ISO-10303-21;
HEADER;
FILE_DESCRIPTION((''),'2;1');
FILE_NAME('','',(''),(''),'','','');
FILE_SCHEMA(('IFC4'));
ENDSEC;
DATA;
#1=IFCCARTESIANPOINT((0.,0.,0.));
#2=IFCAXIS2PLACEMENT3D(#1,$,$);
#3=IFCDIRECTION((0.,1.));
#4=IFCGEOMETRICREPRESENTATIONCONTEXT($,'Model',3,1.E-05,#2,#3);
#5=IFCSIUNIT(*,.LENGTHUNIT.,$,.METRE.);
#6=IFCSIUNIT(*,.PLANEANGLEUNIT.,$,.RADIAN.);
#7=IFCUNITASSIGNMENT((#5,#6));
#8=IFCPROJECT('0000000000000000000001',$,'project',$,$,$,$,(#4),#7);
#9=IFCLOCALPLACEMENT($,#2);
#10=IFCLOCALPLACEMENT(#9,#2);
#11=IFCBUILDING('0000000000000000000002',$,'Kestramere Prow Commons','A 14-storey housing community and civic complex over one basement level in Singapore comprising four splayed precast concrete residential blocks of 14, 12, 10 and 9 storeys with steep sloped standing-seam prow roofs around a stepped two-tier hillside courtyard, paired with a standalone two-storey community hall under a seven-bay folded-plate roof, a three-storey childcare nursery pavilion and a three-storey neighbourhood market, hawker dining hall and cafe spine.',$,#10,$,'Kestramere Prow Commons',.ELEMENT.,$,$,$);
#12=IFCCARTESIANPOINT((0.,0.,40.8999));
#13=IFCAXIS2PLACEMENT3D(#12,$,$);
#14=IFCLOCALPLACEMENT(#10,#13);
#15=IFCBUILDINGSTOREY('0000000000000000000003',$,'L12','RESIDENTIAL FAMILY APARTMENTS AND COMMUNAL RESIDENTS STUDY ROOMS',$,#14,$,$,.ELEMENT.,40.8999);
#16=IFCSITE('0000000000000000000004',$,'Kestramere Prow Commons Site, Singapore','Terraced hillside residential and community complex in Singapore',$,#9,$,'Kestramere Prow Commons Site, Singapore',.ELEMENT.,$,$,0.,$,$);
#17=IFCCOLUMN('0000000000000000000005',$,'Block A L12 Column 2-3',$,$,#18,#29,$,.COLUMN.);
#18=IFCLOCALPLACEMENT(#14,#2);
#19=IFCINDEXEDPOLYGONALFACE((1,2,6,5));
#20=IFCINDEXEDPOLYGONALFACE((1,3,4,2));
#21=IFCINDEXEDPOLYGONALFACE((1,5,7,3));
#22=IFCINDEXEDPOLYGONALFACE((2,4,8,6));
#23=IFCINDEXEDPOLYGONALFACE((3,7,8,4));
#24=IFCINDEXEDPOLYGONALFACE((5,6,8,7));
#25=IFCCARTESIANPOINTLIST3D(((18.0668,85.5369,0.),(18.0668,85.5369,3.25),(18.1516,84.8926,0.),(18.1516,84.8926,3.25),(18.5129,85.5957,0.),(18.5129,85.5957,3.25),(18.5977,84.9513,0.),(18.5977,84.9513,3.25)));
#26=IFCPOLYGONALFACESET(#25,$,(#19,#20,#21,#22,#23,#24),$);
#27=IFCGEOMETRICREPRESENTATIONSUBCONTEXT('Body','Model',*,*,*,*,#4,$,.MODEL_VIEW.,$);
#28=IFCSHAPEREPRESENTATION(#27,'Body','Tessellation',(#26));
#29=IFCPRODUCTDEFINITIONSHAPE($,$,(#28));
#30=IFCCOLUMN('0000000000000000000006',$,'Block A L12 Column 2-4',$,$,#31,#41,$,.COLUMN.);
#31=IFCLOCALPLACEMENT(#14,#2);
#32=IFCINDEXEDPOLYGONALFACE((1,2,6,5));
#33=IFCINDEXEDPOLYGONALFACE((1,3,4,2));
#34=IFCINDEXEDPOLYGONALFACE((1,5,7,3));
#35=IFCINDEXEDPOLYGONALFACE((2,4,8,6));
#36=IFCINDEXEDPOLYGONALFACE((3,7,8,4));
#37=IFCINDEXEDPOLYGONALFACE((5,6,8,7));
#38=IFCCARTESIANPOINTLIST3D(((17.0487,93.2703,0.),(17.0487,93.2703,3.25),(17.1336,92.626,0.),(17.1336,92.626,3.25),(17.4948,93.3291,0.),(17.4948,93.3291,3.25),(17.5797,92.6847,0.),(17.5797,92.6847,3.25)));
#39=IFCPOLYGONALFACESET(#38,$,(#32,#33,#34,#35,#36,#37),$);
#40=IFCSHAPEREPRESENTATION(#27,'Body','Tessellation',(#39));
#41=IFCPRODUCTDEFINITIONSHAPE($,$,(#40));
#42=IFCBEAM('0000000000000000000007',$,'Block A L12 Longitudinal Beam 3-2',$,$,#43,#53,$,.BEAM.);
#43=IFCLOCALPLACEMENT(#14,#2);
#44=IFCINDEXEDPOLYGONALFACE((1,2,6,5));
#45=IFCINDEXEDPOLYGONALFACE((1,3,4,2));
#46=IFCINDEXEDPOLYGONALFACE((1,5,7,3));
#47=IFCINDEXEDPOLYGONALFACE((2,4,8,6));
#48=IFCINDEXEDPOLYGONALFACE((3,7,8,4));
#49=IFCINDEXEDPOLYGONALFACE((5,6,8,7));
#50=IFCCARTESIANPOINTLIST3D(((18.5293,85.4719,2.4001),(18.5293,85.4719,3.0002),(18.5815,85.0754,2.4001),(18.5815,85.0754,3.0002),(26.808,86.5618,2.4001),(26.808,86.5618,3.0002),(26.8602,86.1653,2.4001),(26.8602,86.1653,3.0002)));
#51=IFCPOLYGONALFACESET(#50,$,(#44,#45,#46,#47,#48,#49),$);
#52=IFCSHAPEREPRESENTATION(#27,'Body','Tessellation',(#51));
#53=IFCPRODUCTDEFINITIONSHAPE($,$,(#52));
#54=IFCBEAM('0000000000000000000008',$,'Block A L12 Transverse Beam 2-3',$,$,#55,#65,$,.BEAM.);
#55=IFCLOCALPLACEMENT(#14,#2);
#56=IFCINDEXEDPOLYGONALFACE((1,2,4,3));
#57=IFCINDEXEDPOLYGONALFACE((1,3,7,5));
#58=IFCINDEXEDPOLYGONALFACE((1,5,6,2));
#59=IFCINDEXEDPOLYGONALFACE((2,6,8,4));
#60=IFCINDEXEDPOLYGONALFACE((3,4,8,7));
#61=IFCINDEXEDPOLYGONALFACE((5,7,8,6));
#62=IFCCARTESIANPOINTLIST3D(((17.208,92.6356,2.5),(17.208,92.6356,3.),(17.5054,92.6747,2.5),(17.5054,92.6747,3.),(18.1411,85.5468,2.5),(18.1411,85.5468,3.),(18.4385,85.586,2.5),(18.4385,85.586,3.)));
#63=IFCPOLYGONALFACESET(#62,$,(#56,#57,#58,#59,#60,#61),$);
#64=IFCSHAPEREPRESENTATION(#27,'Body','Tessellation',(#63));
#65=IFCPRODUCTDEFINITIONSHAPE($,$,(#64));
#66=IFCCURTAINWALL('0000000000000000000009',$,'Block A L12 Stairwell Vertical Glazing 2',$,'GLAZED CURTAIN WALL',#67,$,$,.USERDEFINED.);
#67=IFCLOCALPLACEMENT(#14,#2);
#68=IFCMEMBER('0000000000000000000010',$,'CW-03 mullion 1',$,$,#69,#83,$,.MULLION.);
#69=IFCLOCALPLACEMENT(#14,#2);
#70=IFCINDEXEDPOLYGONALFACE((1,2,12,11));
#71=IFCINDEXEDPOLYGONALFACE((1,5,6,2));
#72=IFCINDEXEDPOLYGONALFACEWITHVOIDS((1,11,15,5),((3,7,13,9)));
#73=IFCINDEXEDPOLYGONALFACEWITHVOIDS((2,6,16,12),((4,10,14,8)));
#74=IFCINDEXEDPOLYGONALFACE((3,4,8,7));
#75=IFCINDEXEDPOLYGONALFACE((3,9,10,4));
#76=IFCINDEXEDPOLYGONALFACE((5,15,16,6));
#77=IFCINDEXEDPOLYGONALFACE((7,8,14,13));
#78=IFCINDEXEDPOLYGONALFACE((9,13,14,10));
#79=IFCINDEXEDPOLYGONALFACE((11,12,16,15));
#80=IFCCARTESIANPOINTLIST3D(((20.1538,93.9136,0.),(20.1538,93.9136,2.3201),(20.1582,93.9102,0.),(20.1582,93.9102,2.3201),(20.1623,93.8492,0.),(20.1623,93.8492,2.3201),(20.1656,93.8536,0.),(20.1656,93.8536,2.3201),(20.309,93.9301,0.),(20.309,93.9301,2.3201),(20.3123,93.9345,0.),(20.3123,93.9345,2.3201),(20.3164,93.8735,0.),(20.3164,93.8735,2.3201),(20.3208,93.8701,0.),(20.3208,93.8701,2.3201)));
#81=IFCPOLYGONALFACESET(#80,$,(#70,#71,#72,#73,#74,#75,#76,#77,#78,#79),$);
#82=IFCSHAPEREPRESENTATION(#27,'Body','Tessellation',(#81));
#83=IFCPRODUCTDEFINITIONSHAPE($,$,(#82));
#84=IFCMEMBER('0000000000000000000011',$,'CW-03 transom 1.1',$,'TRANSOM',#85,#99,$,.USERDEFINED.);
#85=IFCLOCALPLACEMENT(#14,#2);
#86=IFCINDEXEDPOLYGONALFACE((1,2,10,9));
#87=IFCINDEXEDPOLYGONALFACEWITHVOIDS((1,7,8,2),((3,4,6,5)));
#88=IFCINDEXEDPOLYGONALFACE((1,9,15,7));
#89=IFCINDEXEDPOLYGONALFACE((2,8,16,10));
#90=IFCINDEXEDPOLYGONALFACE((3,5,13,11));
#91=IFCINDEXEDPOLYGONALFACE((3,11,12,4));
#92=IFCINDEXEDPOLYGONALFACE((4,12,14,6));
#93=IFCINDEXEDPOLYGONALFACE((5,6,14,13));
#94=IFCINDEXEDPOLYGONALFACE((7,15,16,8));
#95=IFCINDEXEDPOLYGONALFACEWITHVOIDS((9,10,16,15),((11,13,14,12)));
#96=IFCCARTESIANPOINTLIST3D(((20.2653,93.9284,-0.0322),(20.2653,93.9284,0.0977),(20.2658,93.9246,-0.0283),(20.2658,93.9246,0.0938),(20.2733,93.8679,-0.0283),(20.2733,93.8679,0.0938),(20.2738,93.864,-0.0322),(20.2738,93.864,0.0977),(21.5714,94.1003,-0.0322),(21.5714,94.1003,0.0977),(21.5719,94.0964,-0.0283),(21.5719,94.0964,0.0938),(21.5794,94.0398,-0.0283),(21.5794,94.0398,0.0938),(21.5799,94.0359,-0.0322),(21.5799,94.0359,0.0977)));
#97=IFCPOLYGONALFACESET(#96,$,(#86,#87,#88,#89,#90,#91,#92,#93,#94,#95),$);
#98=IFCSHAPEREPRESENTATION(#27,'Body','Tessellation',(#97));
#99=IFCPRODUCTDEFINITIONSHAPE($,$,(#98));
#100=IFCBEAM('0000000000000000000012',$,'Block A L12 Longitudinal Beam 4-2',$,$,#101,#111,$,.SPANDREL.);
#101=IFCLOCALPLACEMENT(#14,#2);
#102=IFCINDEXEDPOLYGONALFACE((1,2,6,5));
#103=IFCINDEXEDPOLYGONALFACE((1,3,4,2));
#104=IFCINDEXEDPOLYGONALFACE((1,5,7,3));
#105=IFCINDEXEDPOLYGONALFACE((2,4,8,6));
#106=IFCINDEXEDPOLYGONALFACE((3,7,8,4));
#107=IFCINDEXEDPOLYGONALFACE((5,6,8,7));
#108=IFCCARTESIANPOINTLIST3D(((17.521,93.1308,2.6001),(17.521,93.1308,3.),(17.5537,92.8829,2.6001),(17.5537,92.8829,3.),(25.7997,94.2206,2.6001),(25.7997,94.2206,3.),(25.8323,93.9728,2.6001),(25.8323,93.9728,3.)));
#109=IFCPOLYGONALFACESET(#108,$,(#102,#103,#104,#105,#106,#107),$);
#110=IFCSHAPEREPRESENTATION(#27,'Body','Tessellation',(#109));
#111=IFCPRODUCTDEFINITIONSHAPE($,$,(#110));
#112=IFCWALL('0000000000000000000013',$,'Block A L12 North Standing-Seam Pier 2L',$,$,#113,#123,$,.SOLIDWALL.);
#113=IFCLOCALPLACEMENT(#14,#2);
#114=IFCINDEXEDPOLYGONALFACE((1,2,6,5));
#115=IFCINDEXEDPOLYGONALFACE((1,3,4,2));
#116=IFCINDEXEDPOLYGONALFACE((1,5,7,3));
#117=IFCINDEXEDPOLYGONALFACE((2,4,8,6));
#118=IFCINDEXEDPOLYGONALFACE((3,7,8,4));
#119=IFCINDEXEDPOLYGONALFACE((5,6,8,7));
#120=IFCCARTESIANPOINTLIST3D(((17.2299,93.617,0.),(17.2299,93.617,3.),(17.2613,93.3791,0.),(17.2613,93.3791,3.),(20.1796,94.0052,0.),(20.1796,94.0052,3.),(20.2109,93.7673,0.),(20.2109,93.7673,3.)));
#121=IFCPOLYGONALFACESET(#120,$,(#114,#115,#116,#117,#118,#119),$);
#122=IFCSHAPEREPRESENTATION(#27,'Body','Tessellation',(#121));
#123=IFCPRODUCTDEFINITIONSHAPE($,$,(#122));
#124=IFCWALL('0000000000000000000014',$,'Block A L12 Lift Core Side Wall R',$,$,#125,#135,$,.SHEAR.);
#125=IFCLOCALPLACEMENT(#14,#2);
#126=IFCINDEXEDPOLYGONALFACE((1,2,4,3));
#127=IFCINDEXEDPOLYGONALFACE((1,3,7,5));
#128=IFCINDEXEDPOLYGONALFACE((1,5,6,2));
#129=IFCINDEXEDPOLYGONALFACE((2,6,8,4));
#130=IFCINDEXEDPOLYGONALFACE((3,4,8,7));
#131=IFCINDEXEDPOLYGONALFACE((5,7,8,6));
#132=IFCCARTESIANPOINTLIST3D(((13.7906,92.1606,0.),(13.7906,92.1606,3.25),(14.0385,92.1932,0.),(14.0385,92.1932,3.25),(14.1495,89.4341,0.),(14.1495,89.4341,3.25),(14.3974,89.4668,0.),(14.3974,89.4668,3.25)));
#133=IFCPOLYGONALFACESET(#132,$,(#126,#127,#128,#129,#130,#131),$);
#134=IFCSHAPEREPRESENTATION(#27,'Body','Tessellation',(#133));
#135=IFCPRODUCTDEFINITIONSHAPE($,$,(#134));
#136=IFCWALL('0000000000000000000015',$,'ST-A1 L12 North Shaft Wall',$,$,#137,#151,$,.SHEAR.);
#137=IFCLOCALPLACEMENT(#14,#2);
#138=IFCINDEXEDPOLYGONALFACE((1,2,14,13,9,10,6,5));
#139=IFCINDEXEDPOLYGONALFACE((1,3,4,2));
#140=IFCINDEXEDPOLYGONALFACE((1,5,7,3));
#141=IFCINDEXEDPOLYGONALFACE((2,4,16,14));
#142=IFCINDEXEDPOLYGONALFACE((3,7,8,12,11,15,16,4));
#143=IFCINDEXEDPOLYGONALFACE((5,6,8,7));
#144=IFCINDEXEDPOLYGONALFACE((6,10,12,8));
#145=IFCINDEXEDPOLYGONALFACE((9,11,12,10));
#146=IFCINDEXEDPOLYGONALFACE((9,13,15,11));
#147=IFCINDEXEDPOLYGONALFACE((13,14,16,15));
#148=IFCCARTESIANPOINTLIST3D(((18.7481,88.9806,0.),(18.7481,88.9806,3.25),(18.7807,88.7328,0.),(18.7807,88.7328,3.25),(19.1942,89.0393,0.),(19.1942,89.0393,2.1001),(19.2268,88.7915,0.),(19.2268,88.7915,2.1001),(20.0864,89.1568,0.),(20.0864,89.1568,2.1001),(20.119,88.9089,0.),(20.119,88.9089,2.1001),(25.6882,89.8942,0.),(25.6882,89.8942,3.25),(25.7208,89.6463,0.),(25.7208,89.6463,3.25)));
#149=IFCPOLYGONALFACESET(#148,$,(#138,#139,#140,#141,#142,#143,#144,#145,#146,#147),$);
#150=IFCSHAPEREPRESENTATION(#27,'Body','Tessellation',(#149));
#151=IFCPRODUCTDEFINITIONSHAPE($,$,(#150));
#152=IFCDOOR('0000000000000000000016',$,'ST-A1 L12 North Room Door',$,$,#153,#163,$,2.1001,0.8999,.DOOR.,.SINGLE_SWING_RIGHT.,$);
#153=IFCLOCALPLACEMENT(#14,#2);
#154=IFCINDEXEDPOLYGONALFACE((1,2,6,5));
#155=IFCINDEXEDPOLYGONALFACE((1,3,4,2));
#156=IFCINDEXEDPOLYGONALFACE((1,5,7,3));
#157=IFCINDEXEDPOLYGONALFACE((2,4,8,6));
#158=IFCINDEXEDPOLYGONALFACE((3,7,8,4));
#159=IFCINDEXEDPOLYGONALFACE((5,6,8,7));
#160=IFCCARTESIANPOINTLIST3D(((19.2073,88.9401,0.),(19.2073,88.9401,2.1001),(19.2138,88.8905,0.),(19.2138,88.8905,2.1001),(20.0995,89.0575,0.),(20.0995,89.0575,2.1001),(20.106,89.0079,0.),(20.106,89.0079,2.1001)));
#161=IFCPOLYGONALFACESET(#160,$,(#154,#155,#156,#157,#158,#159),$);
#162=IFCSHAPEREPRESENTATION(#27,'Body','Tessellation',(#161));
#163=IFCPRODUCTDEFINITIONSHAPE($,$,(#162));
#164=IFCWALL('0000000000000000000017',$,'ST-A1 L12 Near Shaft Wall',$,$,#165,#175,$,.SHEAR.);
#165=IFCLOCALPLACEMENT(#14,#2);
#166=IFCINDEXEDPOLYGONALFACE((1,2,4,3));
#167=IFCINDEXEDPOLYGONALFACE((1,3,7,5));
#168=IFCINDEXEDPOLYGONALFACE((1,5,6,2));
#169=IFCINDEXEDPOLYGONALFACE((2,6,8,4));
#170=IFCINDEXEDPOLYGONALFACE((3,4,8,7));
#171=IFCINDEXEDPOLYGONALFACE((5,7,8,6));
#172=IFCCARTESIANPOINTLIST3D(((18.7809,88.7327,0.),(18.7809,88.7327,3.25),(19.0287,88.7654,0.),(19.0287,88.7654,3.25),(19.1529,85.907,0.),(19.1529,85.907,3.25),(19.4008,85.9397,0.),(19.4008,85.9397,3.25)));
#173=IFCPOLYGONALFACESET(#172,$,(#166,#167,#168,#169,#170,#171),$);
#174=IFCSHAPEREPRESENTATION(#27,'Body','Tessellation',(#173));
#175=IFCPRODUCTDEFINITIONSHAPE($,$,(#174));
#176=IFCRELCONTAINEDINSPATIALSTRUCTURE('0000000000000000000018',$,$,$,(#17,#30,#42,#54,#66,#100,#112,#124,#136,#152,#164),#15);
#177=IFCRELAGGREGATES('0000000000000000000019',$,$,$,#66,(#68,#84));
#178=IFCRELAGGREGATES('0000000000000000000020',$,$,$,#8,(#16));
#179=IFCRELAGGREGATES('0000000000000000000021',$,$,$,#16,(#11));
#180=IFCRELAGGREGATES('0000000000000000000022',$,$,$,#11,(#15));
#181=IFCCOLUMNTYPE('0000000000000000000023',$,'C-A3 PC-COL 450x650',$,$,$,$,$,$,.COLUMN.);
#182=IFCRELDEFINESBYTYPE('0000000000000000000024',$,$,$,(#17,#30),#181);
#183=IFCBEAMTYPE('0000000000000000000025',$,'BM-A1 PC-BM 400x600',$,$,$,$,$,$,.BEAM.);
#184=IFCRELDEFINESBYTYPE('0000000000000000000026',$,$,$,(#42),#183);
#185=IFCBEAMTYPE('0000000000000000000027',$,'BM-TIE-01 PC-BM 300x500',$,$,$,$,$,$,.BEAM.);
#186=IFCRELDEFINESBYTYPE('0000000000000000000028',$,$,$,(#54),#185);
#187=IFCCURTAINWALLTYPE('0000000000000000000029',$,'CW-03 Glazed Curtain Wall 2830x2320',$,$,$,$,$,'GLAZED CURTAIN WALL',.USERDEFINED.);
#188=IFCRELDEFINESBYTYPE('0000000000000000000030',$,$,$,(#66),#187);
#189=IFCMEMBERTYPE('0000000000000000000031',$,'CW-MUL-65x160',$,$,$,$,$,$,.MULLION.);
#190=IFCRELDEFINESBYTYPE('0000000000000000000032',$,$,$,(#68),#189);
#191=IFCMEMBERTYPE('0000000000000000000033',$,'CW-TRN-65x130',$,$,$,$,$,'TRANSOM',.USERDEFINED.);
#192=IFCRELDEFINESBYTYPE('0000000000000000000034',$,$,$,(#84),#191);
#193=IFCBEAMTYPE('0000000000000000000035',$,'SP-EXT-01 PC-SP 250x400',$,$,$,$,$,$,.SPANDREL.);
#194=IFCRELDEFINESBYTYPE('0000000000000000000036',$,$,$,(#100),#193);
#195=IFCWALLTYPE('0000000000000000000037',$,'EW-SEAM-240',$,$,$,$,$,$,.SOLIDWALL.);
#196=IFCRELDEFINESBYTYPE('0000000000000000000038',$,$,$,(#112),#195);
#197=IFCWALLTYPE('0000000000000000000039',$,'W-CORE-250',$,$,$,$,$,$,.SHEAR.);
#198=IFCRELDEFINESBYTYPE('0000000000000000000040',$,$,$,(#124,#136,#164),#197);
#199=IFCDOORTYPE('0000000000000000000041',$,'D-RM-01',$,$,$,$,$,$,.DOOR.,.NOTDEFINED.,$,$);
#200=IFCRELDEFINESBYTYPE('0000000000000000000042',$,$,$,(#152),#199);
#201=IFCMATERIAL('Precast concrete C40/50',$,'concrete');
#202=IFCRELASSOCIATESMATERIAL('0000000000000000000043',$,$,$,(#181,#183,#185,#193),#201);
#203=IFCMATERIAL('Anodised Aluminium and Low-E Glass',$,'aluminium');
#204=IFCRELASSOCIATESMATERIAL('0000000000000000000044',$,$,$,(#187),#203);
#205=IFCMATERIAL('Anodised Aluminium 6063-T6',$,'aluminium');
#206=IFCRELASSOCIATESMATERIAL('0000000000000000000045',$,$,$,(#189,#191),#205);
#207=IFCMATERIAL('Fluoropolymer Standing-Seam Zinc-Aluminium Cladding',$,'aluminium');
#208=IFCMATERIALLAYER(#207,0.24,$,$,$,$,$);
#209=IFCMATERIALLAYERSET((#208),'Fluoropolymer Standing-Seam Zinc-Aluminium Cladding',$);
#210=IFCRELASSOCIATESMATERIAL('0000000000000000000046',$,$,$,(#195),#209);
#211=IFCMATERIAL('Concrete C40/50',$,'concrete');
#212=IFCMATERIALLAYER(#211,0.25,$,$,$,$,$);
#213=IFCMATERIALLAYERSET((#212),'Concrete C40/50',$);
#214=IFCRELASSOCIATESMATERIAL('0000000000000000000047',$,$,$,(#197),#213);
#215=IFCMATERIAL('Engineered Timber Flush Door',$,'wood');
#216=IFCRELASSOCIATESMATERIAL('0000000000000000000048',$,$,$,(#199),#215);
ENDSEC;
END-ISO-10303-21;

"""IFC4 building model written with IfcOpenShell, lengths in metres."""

from ifc_helpers import new_model, si_unit, direction, frame, frame_2d, origin, origin_2d, place, context, subcontext, project, spatial, rectangle, hollow_rectangle, extrude, material, layer, layer_set, material_profile, profile_set, type_object, element, fill, aggregate, save


model = new_model("IFC4")

# Units and contexts
model_context = context("Model", 3, precision=1e-05, world=origin(), true_north=direction((0.0, 1.0)))
body_context = subcontext(model_context, "Body", "Model", "MODEL_VIEW")
ifc_project = project(units=[si_unit("LENGTHUNIT", "METRE"), si_unit("PLANEANGLEUNIT", "RADIAN")], contexts=[model_context])

# Site, building, storey
site_placement = place(None, origin())
site = spatial("IfcSite", under=ifc_project, at=site_placement, Name="Kestramere Prow Commons Site, Singapore", Description="Terraced hillside residential and community complex in Singapore", LongName="Kestramere Prow Commons Site, Singapore", CompositionType="ELEMENT", RefElevation=0.0)
building_placement = place(site_placement, origin())
building = spatial("IfcBuilding", under=site, at=building_placement, Name="Kestramere Prow Commons", Description="A 14-storey housing community and civic complex over one basement level in Singapore comprising four splayed precast concrete residential blocks of 14, 12, 10 and 9 storeys with steep sloped standing-seam prow roofs around a stepped two-tier hillside courtyard, paired with a standalone two-storey community hall under a seven-bay folded-plate roof, a three-storey childcare nursery pavilion and a three-storey neighbourhood market, hawker dining hall and cafe spine.", LongName="Kestramere Prow Commons", CompositionType="ELEMENT")
storey_placement = place(building_placement, frame((0.0, 0.0, 40.8999)))
storey = spatial("IfcBuildingStorey", under=building, at=storey_placement, Name="L12", Description="RESIDENTIAL FAMILY APARTMENTS AND COMMUNAL RESIDENTS STUDY ROOMS", CompositionType="ELEMENT", Elevation=40.8999)

# Columns
ifc_material_1 = material(Name="Precast concrete C40/50", Category="concrete")
ifc_material_profile_1 = material_profile(ifc_material_1, rectangle(XDim=0.45, YDim=0.6499, at=origin_2d()), Name="PC-COL 450x650")
ifc_profile_set_1 = profile_set([ifc_material_profile_1], Name="Precast concrete C40/50")
column_type = type_object("IfcColumnType", Name="C-A3 PC-COL 450x650", PredefinedType="COLUMN", material=ifc_profile_set_1)
for number, where, z_axis, x_axis, name in (
    (1, (18.3323, 85.2441, 0.0), (0.0, 0.0, 1.0), (0.991445, 0.130526, 0.0), "Block A L12 Column 2-3"),
    (2, (17.3142, 92.9775, 0.0), (0.0, 0.0, 1.0), (0.991445, 0.130526, 0.0), "Block A L12 Column 2-4"),
):
    element("IfcColumn", number, at=place(storey_placement, frame(where, z_axis=z_axis, x_axis=x_axis)), inside=storey, type_object=column_type, Name=name, PredefinedType="COLUMN", context=body_context, shape_type="SweptSolid", body=[
        extrude(rectangle(XDim=0.45, YDim=0.6499, at=origin_2d()), origin(), (0.0, 0.0, 1.0), 3.25),
    ])

# Beams
ifc_material_profile_2 = material_profile(ifc_material_1, rectangle(XDim=0.3999, YDim=0.6001, at=origin_2d()), Name="PC-BM 400x600")
ifc_profile_set_2 = profile_set([ifc_material_profile_2], Name="Precast concrete C40/50")
beam_type_1 = type_object("IfcBeamType", Name="BM-A1 PC-BM 400x600", PredefinedType="BEAM", material=ifc_profile_set_2)
beam_1_placement = place(storey_placement, frame((18.5554, 85.2737, 2.7002), z_axis=(0.991446, 0.13052, 0.0), x_axis=(-0.13052, 0.991446, 0.0)))
element("IfcBeam", 3, at=beam_1_placement, inside=storey, type_object=beam_type_1, Name="Block A L12 Longitudinal Beam 3-2", PredefinedType="BEAM", context=body_context, shape_type="SweptSolid", body=[
    extrude(rectangle(XDim=0.3999, YDim=0.6001, at=origin_2d()), origin(), (0.0, 0.0, 1.0), 8.3501),
])
ifc_material_profile_3 = material_profile(ifc_material_1, rectangle(XDim=0.3, YDim=0.5, at=origin_2d()), Name="PC-BM 300x500")
ifc_profile_set_3 = profile_set([ifc_material_profile_3], Name="Precast concrete C40/50")
beam_type_2 = type_object("IfcBeamType", Name="BM-TIE-01 PC-BM 300x500", PredefinedType="BEAM", material=ifc_profile_set_3)
beam_2_placement = place(storey_placement, frame((18.2898, 85.5664, 2.75), z_axis=(-0.130504, 0.991448, 0.0), x_axis=(-0.991448, -0.130504, 0.0)))
element("IfcBeam", 4, at=beam_2_placement, inside=storey, type_object=beam_type_2, Name="Block A L12 Transverse Beam 2-3", PredefinedType="BEAM", context=body_context, shape_type="SweptSolid", body=[
    extrude(rectangle(XDim=0.3, YDim=0.5, at=origin_2d()), origin(), (0.0, 0.0, 1.0), 7.1499),
])

# Curtain wall, members
ifc_material_2 = material(Name="Anodised Aluminium and Low-E Glass", Category="aluminium")
curtain_wall_type = type_object("IfcCurtainWallType", Name="CW-03 Glazed Curtain Wall 2830x2320", ElementType="GLAZED CURTAIN WALL", PredefinedType="USERDEFINED", material=ifc_material_2)
curtain_wall_placement = place(storey_placement, origin())
curtain_wall = element("IfcCurtainWall", 5, at=curtain_wall_placement, inside=storey, type_object=curtain_wall_type, Name="Block A L12 Stairwell Vertical Glazing 2", ObjectType="GLAZED CURTAIN WALL", PredefinedType="USERDEFINED")
ifc_material_3 = material(Name="Anodised Aluminium 6063-T6", Category="aluminium")
ifc_material_profile_4 = material_profile(ifc_material_3, hollow_rectangle(XDim=0.0649, YDim=0.1599, WallThickness=0.0039, at=origin_2d()), Name="ALU-MUL 65x160")
ifc_profile_set_4 = profile_set([ifc_material_profile_4], Name="Anodised Aluminium 6063-T6")
member_type_1 = type_object("IfcMemberType", Name="CW-MUL-65x160", PredefinedType="MULLION", material=ifc_profile_set_4)
member_1_placement = place(storey_placement, frame((20.2373, 93.8918, 0.0), z_axis=(0.0, 0.0, 1.0), x_axis=(-0.130526, 0.991445, 0.0)))
member_1 = element("IfcMember", 6, at=member_1_placement, type_object=member_type_1, Name="CW-03 mullion 1", PredefinedType="MULLION", context=body_context, shape_type="SweptSolid", body=[
    extrude(hollow_rectangle(XDim=0.0649, YDim=0.1599, WallThickness=0.0039, at=origin_2d()), origin(), (0.0, 0.0, 1.0), 2.3201),
])
ifc_material_profile_5 = material_profile(ifc_material_3, hollow_rectangle(XDim=0.0649, YDim=0.1299, WallThickness=0.0039, at=origin_2d()), Name="ALU-TRN 65x130")
ifc_profile_set_5 = profile_set([ifc_material_profile_5], Name="Anodised Aluminium 6063-T6")
member_type_2 = type_object("IfcMemberType", Name="CW-TRN-65x130", ElementType="TRANSOM", PredefinedType="USERDEFINED", material=ifc_profile_set_5)
member_2_placement = place(storey_placement, frame((20.2695, 93.8962, 0.0327), z_axis=(0.991453, 0.130464, 0.0), x_axis=(-0.130464, 0.991453, 0.0)))
member_2 = element("IfcMember", 7, at=member_2_placement, type_object=member_type_2, Name="CW-03 transom 1.1", ObjectType="TRANSOM", PredefinedType="USERDEFINED", context=body_context, shape_type="SweptSolid", body=[
    extrude(hollow_rectangle(XDim=0.0649, YDim=0.1299, WallThickness=0.0039, at=origin_2d()), origin(), (0.0, 0.0, 1.0), 1.3174),
])
aggregate(curtain_wall, [member_1, member_2])

# Beam
ifc_material_profile_6 = material_profile(ifc_material_1, rectangle(XDim=0.25, YDim=0.3999, at=origin_2d()), Name="PC-SP 250x400")
ifc_profile_set_6 = profile_set([ifc_material_profile_6], Name="Precast concrete C40/50")
beam_type_3 = type_object("IfcBeamType", Name="SP-EXT-01 PC-SP 250x400", PredefinedType="SPANDREL", material=ifc_profile_set_6)
beam_3_placement = place(storey_placement, frame((17.5374, 93.0068, 2.8), z_axis=(0.991446, 0.13052, 0.0), x_axis=(-0.13052, 0.991446, 0.0)))
element("IfcBeam", 8, at=beam_3_placement, inside=storey, type_object=beam_type_3, Name="Block A L12 Longitudinal Beam 4-2", PredefinedType="SPANDREL", context=body_context, shape_type="SweptSolid", body=[
    extrude(rectangle(XDim=0.25, YDim=0.3999, at=origin_2d()), origin(), (0.0, 0.0, 1.0), 8.3501),
])

# Walls
ifc_material_4 = material(Name="Fluoropolymer Standing-Seam Zinc-Aluminium Cladding", Category="aluminium")
ifc_layer_1 = layer(ifc_material_4, 0.24)
ifc_layer_set_1 = layer_set([ifc_layer_1], Name="Fluoropolymer Standing-Seam Zinc-Aluminium Cladding")
wall_type_1 = type_object("IfcWallType", Name="EW-SEAM-240", PredefinedType="SOLIDWALL", material=ifc_layer_set_1)
wall_1_placement = place(storey_placement, frame((17.2456, 93.498, 0.0), z_axis=(0.0, 0.0, 1.0), x_axis=(0.991452, 0.130476, 0.0)))
element("IfcWall", 9, at=wall_1_placement, inside=storey, type_object=wall_type_1, Name="Block A L12 North Standing-Seam Pier 2L", PredefinedType="SOLIDWALL", context=body_context, shape_type="SweptSolid", body=[
    extrude(rectangle(XDim=2.9751, YDim=0.24, at=frame_2d((1.4875, 0.0))), origin(), (0.0, 0.0, 1.0), 3.0),
])
ifc_material_5 = material(Name="Concrete C40/50", Category="concrete")
ifc_layer_2 = layer(ifc_material_5, 0.25)
ifc_layer_set_2 = layer_set([ifc_layer_2], Name="Concrete C40/50")
wall_type_2 = type_object("IfcWallType", Name="W-CORE-250", PredefinedType="SHEAR", material=ifc_layer_set_2)
wall_2_placement = place(storey_placement, frame((14.2734, 89.4504, 0.0), z_axis=(0.0, 0.0, 1.0), x_axis=(-0.1305, 0.991448, 0.0)))
element("IfcWall", 10, at=wall_2_placement, inside=storey, type_object=wall_type_2, Name="Block A L12 Lift Core Side Wall R", PredefinedType="SHEAR", context=body_context, shape_type="SweptSolid", body=[
    extrude(rectangle(XDim=2.75, YDim=0.25, at=frame_2d((1.375, 0.0))), origin(), (0.0, 0.0, 1.0), 3.25),
])

# Wall, opening, door
wall_3_placement = place(storey_placement, frame((18.7644, 88.8567, 0.0), z_axis=(0.0, 0.0, 1.0), x_axis=(0.991447, 0.13051, 0.0)))
wall_3 = element("IfcWall", 11, at=wall_3_placement, inside=storey, type_object=wall_type_2, Name="ST-A1 L12 North Shaft Wall", PredefinedType="SHEAR", context=body_context, shape_type="SweptSolid", body=[
    extrude(rectangle(XDim=7.0, YDim=0.25, at=frame_2d((3.5, 0.0))), origin(), (0.0, 0.0, 1.0), 3.25),
])
opening_1_placement = place(wall_3_placement, frame((0.45, 0.0, 0.0)))
opening_1 = element("IfcOpeningElement", 12, at=opening_1_placement, cuts=wall_3, PredefinedType="OPENING", context=body_context, shape_type="SweptSolid", body=[
    extrude(rectangle(XDim=0.8999, YDim=2.1001, at=frame_2d((0.45, 1.05))), frame((0.0, 0.1399, 0.0), z_axis=(0.0, -1.0, 0.0), x_axis=(1.0, 0.0, 0.0)), (0.0, 0.0, 1.0), 0.28),
])
ifc_material_6 = material(Name="Engineered Timber Flush Door", Category="wood")
door_type_1 = type_object("IfcDoorType", Name="D-RM-01", OperationType="NOTDEFINED", PredefinedType="DOOR", material=ifc_material_6)
door_1_placement = place(opening_1_placement, origin())
door_1 = element("IfcDoor", 13, at=door_1_placement, inside=storey, type_object=door_type_1, Name="ST-A1 L12 North Room Door", OperationType="SINGLE_SWING_RIGHT", OverallHeight=2.1001, OverallWidth=0.8999, PredefinedType="DOOR", context=body_context, shape_type="SweptSolid", body=[
    extrude(rectangle(XDim=0.8999, YDim=2.1001, at=frame_2d((0.45, 1.05))), frame((0.0, 0.0249, 0.0), z_axis=(0.0, -1.0, 0.0), x_axis=(1.0, 0.0, 0.0)), (0.0, 0.0, 1.0), 0.05),
])
fill(opening_1, door_1)

# Wall
wall_4_placement = place(storey_placement, frame((19.2769, 85.9233, 0.0), z_axis=(0.0, 0.0, 1.0), x_axis=(-0.130548, 0.991442, 0.0)))
element("IfcWall", 14, at=wall_4_placement, inside=storey, type_object=wall_type_2, Name="ST-A1 L12 Near Shaft Wall", PredefinedType="SHEAR", context=body_context, shape_type="SweptSolid", body=[
    extrude(rectangle(XDim=2.8501, YDim=0.25, at=frame_2d((1.425, 0.0))), origin(), (0.0, 0.0, 1.0), 3.25),
])

save(model, "model.ifc")
